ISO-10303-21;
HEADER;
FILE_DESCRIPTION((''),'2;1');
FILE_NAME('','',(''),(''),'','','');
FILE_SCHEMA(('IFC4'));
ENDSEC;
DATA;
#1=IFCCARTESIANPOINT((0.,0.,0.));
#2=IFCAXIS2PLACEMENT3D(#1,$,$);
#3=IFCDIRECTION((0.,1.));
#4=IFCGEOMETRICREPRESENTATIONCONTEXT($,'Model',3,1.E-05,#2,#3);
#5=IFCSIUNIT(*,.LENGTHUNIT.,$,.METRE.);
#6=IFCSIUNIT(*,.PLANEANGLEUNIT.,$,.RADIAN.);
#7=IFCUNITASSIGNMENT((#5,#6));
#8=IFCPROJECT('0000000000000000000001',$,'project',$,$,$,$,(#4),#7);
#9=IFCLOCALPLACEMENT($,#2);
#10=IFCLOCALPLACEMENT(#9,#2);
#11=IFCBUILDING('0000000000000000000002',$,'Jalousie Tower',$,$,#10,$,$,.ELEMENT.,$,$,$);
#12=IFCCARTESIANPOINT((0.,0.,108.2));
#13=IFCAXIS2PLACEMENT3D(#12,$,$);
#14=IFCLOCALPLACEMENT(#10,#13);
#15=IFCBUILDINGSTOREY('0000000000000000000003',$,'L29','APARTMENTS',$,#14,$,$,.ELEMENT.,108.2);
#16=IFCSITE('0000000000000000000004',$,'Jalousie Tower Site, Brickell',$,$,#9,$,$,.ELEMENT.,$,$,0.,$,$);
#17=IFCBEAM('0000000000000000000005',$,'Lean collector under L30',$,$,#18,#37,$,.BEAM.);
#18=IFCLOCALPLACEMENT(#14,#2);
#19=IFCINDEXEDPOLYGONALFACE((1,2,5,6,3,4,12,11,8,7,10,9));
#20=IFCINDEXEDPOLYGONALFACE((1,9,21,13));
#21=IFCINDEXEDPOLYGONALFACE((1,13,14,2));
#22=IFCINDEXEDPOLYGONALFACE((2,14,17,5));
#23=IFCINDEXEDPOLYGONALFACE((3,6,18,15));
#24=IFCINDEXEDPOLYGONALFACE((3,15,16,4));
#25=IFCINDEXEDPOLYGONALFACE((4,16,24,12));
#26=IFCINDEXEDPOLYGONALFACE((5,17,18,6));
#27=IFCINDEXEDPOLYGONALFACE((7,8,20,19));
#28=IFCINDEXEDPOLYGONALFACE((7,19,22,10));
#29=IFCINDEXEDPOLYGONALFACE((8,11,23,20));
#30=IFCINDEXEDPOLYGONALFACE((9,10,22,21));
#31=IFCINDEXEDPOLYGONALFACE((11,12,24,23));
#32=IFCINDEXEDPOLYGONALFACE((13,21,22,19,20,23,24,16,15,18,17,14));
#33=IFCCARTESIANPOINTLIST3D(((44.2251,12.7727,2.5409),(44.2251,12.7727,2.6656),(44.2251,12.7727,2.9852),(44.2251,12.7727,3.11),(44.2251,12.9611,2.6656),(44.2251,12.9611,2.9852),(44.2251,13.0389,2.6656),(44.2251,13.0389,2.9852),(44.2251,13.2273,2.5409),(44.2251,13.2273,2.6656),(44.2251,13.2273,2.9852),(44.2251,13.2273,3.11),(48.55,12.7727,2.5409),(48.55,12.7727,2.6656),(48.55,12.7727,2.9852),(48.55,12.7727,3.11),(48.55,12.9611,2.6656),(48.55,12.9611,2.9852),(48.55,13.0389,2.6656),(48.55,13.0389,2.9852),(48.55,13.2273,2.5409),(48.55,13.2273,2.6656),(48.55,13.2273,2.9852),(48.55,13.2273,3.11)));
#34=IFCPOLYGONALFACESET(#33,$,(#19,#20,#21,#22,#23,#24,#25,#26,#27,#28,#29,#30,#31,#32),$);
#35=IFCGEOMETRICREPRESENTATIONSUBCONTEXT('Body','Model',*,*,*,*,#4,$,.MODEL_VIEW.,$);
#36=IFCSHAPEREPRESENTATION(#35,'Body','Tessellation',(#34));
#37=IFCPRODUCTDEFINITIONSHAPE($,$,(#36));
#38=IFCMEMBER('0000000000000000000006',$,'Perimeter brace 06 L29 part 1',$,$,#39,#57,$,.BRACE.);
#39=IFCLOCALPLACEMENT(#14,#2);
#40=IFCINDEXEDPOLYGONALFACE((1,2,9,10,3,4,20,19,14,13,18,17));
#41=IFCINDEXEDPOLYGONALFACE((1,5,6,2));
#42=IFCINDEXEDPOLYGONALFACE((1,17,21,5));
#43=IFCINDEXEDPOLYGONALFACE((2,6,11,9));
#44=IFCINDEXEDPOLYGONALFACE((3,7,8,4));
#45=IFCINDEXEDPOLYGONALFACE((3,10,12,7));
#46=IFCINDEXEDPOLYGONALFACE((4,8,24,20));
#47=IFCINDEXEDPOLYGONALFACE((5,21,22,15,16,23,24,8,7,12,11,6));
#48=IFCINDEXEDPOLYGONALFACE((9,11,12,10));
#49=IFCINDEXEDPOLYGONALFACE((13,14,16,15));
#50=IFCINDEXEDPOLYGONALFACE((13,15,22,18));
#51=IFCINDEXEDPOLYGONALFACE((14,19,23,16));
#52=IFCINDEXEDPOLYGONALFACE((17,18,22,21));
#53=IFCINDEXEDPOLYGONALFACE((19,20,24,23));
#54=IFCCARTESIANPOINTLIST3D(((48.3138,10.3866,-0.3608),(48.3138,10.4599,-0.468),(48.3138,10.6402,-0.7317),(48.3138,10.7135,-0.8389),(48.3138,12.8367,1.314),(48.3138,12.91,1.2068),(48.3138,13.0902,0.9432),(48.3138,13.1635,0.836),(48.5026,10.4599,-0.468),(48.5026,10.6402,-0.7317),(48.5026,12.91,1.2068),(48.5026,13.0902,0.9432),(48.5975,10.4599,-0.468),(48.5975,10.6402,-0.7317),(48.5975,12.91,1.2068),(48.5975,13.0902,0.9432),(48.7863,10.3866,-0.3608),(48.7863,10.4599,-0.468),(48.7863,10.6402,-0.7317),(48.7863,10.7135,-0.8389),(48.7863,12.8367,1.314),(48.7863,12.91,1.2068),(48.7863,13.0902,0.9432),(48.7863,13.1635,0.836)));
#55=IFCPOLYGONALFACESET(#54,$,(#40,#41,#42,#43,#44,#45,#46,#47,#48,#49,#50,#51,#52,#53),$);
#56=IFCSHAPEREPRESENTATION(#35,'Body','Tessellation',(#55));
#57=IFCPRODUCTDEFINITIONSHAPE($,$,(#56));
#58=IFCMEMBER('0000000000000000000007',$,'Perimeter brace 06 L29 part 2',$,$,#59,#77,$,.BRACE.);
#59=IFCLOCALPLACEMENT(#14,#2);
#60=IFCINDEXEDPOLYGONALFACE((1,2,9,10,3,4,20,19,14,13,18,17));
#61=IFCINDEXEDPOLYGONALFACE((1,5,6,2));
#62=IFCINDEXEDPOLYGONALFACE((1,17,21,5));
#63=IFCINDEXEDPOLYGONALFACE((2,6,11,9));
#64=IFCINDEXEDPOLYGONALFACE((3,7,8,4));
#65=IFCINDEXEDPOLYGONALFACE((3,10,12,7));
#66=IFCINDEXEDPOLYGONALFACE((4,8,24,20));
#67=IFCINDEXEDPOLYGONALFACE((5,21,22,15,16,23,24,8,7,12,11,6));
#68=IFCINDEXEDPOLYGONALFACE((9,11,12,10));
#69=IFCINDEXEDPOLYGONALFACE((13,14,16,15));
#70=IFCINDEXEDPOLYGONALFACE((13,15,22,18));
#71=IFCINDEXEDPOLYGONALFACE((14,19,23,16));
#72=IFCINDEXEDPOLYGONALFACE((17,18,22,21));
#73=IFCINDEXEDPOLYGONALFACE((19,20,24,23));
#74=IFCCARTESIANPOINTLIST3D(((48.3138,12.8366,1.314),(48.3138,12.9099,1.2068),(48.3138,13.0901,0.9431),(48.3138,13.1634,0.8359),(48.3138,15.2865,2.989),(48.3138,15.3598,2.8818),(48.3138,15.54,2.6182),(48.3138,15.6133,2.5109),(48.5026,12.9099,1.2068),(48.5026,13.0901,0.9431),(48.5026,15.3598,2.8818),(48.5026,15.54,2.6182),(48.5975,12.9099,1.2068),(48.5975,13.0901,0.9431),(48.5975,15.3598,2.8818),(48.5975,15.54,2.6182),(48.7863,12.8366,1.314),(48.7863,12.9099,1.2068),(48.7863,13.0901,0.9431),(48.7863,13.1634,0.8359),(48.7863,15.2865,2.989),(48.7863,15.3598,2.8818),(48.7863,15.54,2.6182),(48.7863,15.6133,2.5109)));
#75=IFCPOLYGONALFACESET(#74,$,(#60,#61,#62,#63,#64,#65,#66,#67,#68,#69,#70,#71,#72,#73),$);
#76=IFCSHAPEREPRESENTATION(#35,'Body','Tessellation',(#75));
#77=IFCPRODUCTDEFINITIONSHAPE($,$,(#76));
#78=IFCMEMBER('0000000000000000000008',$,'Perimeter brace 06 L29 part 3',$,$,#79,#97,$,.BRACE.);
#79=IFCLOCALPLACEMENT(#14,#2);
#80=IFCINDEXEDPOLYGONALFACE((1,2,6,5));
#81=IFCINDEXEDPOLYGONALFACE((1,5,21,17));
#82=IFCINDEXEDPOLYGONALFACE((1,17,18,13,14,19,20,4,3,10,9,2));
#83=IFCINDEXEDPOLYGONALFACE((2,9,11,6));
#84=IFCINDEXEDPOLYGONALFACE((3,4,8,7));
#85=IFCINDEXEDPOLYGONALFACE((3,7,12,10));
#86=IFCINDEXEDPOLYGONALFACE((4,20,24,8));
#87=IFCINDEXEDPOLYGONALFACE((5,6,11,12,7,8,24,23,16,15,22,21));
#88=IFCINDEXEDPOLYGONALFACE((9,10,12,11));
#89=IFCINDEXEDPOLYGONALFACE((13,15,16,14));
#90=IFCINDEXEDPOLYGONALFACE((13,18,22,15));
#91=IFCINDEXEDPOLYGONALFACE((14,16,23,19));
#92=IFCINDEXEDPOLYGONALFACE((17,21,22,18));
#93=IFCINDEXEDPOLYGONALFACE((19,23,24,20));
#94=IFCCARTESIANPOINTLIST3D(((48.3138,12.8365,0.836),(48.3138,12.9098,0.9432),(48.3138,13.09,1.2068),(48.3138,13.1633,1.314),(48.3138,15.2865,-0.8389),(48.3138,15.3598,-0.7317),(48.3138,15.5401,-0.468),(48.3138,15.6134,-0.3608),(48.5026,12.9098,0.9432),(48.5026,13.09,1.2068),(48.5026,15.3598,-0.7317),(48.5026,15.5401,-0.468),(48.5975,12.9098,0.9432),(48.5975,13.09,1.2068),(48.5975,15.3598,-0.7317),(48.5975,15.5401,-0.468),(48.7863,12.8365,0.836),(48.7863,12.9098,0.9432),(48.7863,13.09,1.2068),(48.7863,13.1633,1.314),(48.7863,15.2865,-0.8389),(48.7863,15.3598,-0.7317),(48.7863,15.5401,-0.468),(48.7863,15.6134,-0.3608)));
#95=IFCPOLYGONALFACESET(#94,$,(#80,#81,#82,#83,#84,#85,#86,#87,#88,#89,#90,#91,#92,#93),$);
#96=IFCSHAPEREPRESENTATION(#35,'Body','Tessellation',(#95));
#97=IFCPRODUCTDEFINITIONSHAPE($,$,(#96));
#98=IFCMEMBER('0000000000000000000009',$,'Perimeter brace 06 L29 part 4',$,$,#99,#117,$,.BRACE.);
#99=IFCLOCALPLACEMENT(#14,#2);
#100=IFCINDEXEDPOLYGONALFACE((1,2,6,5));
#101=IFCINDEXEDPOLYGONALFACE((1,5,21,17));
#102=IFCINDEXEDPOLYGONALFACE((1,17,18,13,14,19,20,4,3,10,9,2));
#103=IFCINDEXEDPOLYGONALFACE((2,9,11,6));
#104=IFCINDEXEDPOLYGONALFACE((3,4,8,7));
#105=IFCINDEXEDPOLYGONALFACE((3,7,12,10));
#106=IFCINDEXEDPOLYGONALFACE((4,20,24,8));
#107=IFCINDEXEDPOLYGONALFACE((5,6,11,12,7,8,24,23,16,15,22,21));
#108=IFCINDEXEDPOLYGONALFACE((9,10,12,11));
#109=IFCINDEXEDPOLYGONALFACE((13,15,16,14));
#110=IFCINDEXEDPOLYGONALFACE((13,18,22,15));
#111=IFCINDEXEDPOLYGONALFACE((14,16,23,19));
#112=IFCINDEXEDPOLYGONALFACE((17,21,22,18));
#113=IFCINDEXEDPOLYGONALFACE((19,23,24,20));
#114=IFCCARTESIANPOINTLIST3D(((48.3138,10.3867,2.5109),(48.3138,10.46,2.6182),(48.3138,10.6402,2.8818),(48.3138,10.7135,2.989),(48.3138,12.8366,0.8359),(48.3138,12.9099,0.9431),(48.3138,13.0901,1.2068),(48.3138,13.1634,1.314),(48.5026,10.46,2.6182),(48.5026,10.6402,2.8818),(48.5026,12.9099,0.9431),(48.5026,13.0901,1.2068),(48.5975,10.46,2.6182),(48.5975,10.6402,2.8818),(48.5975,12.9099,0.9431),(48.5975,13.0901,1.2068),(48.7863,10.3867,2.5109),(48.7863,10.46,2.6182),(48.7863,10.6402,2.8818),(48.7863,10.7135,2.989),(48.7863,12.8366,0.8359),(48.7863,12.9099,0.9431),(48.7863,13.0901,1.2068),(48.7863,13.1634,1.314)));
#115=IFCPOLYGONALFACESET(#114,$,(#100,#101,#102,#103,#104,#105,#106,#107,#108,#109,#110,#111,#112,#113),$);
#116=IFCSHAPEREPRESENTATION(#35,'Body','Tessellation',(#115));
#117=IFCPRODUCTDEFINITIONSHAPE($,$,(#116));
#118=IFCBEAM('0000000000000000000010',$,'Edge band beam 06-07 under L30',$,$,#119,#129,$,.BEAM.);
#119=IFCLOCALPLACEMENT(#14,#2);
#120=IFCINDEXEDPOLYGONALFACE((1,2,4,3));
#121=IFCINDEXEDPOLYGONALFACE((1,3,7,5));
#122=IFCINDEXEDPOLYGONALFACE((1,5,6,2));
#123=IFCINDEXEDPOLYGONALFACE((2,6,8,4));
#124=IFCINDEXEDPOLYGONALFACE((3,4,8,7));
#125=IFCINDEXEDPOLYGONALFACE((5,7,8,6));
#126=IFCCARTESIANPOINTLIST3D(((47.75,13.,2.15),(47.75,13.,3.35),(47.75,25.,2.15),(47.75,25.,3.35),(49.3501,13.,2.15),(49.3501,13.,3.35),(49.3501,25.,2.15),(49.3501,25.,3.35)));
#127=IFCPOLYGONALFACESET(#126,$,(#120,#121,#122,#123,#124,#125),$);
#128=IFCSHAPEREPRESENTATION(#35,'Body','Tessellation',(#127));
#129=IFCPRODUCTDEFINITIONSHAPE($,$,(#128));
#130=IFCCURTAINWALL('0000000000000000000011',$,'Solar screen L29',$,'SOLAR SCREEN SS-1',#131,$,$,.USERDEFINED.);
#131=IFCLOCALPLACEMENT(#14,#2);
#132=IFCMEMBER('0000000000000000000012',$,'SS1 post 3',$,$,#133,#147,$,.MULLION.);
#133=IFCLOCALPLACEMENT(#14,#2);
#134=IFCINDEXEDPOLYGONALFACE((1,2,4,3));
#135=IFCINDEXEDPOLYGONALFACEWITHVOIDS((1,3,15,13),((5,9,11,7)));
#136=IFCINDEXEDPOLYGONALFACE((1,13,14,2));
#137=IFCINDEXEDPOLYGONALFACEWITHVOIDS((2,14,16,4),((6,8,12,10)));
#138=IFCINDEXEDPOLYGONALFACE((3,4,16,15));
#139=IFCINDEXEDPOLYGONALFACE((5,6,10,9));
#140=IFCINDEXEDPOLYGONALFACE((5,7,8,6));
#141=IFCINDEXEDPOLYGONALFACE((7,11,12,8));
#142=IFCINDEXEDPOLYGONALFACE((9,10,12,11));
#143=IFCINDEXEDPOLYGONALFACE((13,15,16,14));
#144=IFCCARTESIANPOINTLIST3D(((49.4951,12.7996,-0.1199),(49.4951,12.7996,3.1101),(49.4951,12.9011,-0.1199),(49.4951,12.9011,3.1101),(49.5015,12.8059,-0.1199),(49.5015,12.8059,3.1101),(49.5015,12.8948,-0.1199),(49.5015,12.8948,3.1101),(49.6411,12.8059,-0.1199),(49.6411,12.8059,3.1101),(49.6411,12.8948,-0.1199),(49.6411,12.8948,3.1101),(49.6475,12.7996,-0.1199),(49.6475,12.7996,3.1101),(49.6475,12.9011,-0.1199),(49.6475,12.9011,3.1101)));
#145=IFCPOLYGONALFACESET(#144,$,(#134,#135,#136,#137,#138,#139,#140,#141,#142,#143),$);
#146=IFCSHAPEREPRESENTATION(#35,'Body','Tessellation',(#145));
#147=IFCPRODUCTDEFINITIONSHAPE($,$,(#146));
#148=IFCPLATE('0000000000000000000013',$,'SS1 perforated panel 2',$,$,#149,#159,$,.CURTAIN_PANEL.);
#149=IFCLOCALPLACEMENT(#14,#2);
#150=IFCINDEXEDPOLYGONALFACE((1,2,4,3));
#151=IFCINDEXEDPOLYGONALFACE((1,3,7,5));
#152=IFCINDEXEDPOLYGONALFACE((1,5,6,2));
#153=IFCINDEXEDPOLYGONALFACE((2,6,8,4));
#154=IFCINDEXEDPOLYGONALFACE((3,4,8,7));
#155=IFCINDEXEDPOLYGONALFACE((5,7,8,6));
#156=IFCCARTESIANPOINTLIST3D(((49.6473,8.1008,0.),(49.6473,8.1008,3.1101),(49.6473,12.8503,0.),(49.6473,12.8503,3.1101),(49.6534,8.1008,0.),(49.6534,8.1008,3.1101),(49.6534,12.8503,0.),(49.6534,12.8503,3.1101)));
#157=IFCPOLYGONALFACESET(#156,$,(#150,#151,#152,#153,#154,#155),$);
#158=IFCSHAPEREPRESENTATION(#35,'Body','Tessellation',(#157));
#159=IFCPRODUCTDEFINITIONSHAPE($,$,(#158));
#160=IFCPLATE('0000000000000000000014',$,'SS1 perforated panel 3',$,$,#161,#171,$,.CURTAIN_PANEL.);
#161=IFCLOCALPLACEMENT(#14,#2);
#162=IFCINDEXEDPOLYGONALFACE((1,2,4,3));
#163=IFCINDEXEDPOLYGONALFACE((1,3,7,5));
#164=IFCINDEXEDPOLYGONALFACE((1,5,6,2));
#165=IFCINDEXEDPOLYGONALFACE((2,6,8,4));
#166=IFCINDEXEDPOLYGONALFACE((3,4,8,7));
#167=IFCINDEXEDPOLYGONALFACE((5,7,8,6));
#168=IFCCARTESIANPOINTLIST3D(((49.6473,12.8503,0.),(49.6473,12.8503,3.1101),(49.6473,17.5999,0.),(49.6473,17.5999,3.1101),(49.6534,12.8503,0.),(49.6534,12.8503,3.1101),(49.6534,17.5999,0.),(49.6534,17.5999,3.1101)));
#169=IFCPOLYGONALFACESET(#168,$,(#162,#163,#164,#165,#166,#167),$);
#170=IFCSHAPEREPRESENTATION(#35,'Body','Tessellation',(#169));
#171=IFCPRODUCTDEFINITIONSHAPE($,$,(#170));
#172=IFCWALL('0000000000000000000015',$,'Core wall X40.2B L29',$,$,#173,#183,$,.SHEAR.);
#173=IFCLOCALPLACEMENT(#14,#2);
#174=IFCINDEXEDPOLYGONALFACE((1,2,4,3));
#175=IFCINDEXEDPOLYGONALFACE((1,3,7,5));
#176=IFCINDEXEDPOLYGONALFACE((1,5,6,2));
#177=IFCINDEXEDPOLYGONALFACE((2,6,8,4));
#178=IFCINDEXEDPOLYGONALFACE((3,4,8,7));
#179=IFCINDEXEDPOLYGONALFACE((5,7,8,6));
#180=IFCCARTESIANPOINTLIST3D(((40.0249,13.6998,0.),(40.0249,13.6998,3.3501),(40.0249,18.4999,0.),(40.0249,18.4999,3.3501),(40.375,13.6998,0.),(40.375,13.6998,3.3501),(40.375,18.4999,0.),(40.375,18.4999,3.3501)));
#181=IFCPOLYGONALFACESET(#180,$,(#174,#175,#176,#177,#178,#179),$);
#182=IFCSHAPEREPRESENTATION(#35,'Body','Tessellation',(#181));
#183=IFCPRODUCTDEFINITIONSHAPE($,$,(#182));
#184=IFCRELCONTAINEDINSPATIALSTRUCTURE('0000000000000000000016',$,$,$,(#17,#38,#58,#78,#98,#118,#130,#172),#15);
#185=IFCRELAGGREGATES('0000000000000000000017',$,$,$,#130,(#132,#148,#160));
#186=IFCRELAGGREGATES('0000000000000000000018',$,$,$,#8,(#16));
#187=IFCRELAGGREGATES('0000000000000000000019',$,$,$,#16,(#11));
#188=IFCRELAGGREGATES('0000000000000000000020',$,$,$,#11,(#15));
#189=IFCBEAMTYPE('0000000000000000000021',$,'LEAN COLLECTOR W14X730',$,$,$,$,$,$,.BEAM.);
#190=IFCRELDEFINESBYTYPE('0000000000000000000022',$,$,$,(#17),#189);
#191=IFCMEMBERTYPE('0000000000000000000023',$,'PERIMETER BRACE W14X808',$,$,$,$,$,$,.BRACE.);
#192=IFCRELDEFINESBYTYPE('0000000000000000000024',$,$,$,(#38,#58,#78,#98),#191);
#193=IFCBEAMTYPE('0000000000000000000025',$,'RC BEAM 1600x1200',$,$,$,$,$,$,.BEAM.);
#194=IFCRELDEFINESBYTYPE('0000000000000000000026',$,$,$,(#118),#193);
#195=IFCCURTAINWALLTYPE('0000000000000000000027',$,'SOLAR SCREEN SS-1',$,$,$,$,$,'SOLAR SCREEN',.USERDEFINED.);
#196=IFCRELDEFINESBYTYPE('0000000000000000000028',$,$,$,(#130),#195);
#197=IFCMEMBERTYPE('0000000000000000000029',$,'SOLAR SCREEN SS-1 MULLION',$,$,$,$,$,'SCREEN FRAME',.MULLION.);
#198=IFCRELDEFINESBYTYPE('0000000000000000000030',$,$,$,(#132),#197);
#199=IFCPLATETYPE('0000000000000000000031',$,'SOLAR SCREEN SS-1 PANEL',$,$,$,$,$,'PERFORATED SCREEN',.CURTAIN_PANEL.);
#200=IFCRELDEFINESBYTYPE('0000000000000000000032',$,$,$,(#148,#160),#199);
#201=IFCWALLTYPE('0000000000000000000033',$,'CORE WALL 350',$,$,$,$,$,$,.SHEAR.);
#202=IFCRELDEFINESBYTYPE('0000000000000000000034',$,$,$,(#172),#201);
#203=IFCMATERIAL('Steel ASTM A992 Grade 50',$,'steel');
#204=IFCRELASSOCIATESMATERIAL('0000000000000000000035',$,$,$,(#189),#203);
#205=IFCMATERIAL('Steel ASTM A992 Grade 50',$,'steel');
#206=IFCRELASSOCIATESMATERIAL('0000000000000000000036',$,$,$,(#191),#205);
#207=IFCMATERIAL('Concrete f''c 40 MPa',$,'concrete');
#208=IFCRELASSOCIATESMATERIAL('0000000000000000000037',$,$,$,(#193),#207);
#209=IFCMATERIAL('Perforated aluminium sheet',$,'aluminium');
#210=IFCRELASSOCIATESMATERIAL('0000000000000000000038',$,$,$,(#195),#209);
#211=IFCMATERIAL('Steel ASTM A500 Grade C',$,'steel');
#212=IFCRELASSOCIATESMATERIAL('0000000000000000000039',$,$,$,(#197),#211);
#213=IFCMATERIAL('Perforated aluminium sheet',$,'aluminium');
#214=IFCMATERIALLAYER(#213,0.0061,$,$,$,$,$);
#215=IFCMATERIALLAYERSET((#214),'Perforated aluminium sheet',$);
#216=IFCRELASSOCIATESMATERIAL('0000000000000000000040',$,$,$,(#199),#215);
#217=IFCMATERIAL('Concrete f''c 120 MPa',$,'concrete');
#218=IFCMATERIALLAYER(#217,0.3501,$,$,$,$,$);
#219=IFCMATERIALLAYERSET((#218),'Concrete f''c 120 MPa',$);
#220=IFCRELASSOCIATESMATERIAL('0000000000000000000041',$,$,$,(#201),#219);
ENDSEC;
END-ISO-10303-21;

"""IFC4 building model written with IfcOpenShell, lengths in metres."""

from ifc_helpers import new_model, si_unit, direction, frame, frame_2d, origin, origin_2d, place, context, subcontext, project, spatial, rectangle, hollow_rectangle, i_section, extrude, material, layer, layer_set, material_profile, profile_set, type_object, element, aggregate, save


model = new_model("IFC4")

# Units and contexts
model_context = context("Model", 3, precision=1e-05, world=origin(), true_north=direction((0.0, 1.0)))
body_context = subcontext(model_context, "Body", "Model", "MODEL_VIEW")
ifc_project = project(units=[si_unit("LENGTHUNIT", "METRE"), si_unit("PLANEANGLEUNIT", "RADIAN")], contexts=[model_context])

# Site, building, storey
site_placement = place(None, origin())
site = spatial("IfcSite", under=ifc_project, at=site_placement, Name="Jalousie Tower Site, Brickell", CompositionType="ELEMENT", RefElevation=0.0)
building_placement = place(site_placement, origin())
building = spatial("IfcBuilding", under=site, at=building_placement, Name="Jalousie Tower", CompositionType="ELEMENT")
storey_placement = place(building_placement, frame((0.0, 0.0, 108.2)))
storey = spatial("IfcBuildingStorey", under=building, at=storey_placement, Name="L29", Description="APARTMENTS", CompositionType="ELEMENT", Elevation=108.2)

# Beam
ifc_material_1 = material(Name="Steel ASTM A992 Grade 50", Category="steel")
ifc_material_profile_1 = material_profile(ifc_material_1, i_section(OverallWidth=0.4546, OverallDepth=0.5691, WebThickness=0.0779, FlangeThickness=0.1248, at=origin_2d()), Name="W14X730")
ifc_profile_set_1 = profile_set([ifc_material_profile_1], Name="Steel ASTM A992 Grade 50")
beam_type_1 = type_object("IfcBeamType", Name="LEAN COLLECTOR W14X730", PredefinedType="BEAM", material=ifc_profile_set_1)
beam_1_placement = place(storey_placement, frame((48.55, 13.0, 2.8254), z_axis=(-1.0, 0.0, 0.0), x_axis=(0.0, -1.0, 0.0)))
element("IfcBeam", 1, at=beam_1_placement, inside=storey, type_object=beam_type_1, Name="Lean collector under L30", PredefinedType="BEAM", context=body_context, shape_type="SweptSolid", body=[
    extrude(i_section(OverallWidth=0.4546, OverallDepth=0.5691, WebThickness=0.0779, FlangeThickness=0.1248, at=origin_2d()), origin(), (0.0, 0.0, 1.0), 4.325),
])

# Members
ifc_material_2 = material(Name="Steel ASTM A992 Grade 50", Category="steel")
ifc_material_profile_2 = material_profile(ifc_material_2, i_section(OverallWidth=0.4724, OverallDepth=0.5791, WebThickness=0.095, FlangeThickness=0.1299, at=origin_2d()), Name="W14X808")
ifc_profile_set_2 = profile_set([ifc_material_profile_2], Name="Steel ASTM A992 Grade 50")
member_type_1 = type_object("IfcMemberType", Name="PERIMETER BRACE W14X808", PredefinedType="BRACE", material=ifc_profile_set_2)
for number, where, z_axis, x_axis, name in (
    (2, (48.55, 10.55, -0.5999), (0.0, 0.825539, 0.564345), (-1.0, 0.0, 0.0), "Perimeter brace 06 L29 part 1"),
    (3, (48.55, 13.0, 1.075), (0.0, 0.825501, 0.564401), (-1.0, 0.0, 0.0), "Perimeter brace 06 L29 part 2"),
    (4, (48.55, 15.45, -0.5999), (0.0, -0.825539, 0.564345), (1.0, 0.0, 0.0), "Perimeter brace 06 L29 part 3"),
    (5, (48.55, 13.0, 1.075), (0.0, -0.825501, 0.564401), (1.0, 0.0, 0.0), "Perimeter brace 06 L29 part 4"),
):
    element("IfcMember", number, at=place(storey_placement, frame(where, z_axis=z_axis, x_axis=x_axis)), inside=storey, type_object=member_type_1, Name=name, PredefinedType="BRACE", context=body_context, shape_type="SweptSolid", body=[
        extrude(i_section(OverallWidth=0.4724, OverallDepth=0.5791, WebThickness=0.095, FlangeThickness=0.1299, at=origin_2d()), origin(), (0.0, 0.0, 1.0), 2.9678),
    ])

# Beam
ifc_material_3 = material(Name="Concrete f'c 40 MPa", Category="concrete")
ifc_material_profile_3 = material_profile(ifc_material_3, rectangle(XDim=1.6001, YDim=1.2, at=origin_2d()), Name="RC 1600x1200")
ifc_profile_set_3 = profile_set([ifc_material_profile_3], Name="Concrete f'c 40 MPa")
beam_type_2 = type_object("IfcBeamType", Name="RC BEAM 1600x1200", PredefinedType="BEAM", material=ifc_profile_set_3)
beam_2_placement = place(storey_placement, frame((48.55, 13.0, 2.75), z_axis=(0.0, 1.0, 0.0), x_axis=(-1.0, 0.0, 0.0)))
element("IfcBeam", 6, at=beam_2_placement, inside=storey, type_object=beam_type_2, Name="Edge band beam 06-07 under L30", PredefinedType="BEAM", context=body_context, shape_type="SweptSolid", body=[
    extrude(rectangle(XDim=1.6001, YDim=1.2, at=origin_2d()), origin(), (0.0, 0.0, 1.0), 12.0),
])

# Curtain wall, member, plates
ifc_material_4 = material(Name="Perforated aluminium sheet", Category="aluminium")
curtain_wall_type = type_object("IfcCurtainWallType", Name="SOLAR SCREEN SS-1", ElementType="SOLAR SCREEN", PredefinedType="USERDEFINED", material=ifc_material_4)
curtain_wall_placement = place(storey_placement, origin())
curtain_wall = element("IfcCurtainWall", 7, at=curtain_wall_placement, inside=storey, type_object=curtain_wall_type, Name="Solar screen L29", ObjectType="SOLAR SCREEN SS-1", PredefinedType="USERDEFINED")
ifc_material_5 = material(Name="Steel ASTM A500 Grade C", Category="steel")
ifc_material_profile_4 = material_profile(ifc_material_5, hollow_rectangle(XDim=0.1016, YDim=0.1523, WallThickness=0.0063, at=origin_2d()), Name="HSS6X4X1/4")
ifc_profile_set_4 = profile_set([ifc_material_profile_4], Name="Steel ASTM A500 Grade C")
member_type_2 = type_object("IfcMemberType", Name="SOLAR SCREEN SS-1 MULLION", ElementType="SCREEN FRAME", PredefinedType="MULLION", material=ifc_profile_set_4)
member_placement = place(storey_placement, frame((49.5713, 12.8503, -0.1199), z_axis=(0.0, 0.0, 1.0), x_axis=(0.0, 1.0, 0.0)))
member = element("IfcMember", 8, at=member_placement, type_object=member_type_2, Name="SS1 post 3", PredefinedType="MULLION", context=body_context, shape_type="SweptSolid", body=[
    extrude(hollow_rectangle(XDim=0.1016, YDim=0.1523, WallThickness=0.0063, at=origin_2d()), origin(), (0.0, 0.0, 1.0), 3.23),
])
ifc_material_6 = material(Name="Perforated aluminium sheet", Category="aluminium")
ifc_layer_1 = layer(ifc_material_6, 0.0061)
ifc_layer_set_1 = layer_set([ifc_layer_1], Name="Perforated aluminium sheet")
plate_type = type_object("IfcPlateType", Name="SOLAR SCREEN SS-1 PANEL", ElementType="PERFORATED SCREEN", PredefinedType="CURTAIN_PANEL", material=ifc_layer_set_1)
plate_1_placement = place(storey_placement, frame((49.6504, 10.4756, 0.0), z_axis=(0.0, 0.0, 1.0), x_axis=(0.0, 1.0, 0.0)))
plate_1 = element("IfcPlate", 9, at=plate_1_placement, type_object=plate_type, Name="SS1 perforated panel 2", PredefinedType="CURTAIN_PANEL", context=body_context, shape_type="SweptSolid", body=[
    extrude(rectangle(XDim=4.7495, YDim=0.0061, at=origin_2d()), origin(), (0.0, 0.0, 1.0), 3.1101),
])
plate_2_placement = place(storey_placement, frame((49.6504, 15.2251, 0.0), z_axis=(0.0, 0.0, 1.0), x_axis=(0.0, 1.0, 0.0)))
plate_2 = element("IfcPlate", 10, at=plate_2_placement, type_object=plate_type, Name="SS1 perforated panel 3", PredefinedType="CURTAIN_PANEL", context=body_context, shape_type="SweptSolid", body=[
    extrude(rectangle(XDim=4.7495, YDim=0.0061, at=origin_2d()), origin(), (0.0, 0.0, 1.0), 3.1101),
])
aggregate(curtain_wall, [member, plate_1, plate_2])

# Wall
ifc_material_7 = material(Name="Concrete f'c 120 MPa", Category="concrete")
ifc_layer_2 = layer(ifc_material_7, 0.3501)
ifc_layer_set_2 = layer_set([ifc_layer_2], Name="Concrete f'c 120 MPa")
wall_type_1 = type_object("IfcWallType", Name="CORE WALL 350", PredefinedType="SHEAR", material=ifc_layer_set_2)
wall_1_placement = place(storey_placement, frame((40.2, 13.7, 0.0), z_axis=(0.0, 0.0, 1.0), x_axis=(0.0, 1.0, 0.0)))
element("IfcWall", 11, at=wall_1_placement, inside=storey, type_object=wall_type_1, Name="Core wall X40.2B L29", PredefinedType="SHEAR", context=body_context, shape_type="SweptSolid", body=[
    extrude(rectangle(XDim=4.8, YDim=0.3501, at=frame_2d((2.3999, 0.0))), origin(), (0.0, 0.0, 1.0), 3.3501),
])

save(model, "model.ifc")
